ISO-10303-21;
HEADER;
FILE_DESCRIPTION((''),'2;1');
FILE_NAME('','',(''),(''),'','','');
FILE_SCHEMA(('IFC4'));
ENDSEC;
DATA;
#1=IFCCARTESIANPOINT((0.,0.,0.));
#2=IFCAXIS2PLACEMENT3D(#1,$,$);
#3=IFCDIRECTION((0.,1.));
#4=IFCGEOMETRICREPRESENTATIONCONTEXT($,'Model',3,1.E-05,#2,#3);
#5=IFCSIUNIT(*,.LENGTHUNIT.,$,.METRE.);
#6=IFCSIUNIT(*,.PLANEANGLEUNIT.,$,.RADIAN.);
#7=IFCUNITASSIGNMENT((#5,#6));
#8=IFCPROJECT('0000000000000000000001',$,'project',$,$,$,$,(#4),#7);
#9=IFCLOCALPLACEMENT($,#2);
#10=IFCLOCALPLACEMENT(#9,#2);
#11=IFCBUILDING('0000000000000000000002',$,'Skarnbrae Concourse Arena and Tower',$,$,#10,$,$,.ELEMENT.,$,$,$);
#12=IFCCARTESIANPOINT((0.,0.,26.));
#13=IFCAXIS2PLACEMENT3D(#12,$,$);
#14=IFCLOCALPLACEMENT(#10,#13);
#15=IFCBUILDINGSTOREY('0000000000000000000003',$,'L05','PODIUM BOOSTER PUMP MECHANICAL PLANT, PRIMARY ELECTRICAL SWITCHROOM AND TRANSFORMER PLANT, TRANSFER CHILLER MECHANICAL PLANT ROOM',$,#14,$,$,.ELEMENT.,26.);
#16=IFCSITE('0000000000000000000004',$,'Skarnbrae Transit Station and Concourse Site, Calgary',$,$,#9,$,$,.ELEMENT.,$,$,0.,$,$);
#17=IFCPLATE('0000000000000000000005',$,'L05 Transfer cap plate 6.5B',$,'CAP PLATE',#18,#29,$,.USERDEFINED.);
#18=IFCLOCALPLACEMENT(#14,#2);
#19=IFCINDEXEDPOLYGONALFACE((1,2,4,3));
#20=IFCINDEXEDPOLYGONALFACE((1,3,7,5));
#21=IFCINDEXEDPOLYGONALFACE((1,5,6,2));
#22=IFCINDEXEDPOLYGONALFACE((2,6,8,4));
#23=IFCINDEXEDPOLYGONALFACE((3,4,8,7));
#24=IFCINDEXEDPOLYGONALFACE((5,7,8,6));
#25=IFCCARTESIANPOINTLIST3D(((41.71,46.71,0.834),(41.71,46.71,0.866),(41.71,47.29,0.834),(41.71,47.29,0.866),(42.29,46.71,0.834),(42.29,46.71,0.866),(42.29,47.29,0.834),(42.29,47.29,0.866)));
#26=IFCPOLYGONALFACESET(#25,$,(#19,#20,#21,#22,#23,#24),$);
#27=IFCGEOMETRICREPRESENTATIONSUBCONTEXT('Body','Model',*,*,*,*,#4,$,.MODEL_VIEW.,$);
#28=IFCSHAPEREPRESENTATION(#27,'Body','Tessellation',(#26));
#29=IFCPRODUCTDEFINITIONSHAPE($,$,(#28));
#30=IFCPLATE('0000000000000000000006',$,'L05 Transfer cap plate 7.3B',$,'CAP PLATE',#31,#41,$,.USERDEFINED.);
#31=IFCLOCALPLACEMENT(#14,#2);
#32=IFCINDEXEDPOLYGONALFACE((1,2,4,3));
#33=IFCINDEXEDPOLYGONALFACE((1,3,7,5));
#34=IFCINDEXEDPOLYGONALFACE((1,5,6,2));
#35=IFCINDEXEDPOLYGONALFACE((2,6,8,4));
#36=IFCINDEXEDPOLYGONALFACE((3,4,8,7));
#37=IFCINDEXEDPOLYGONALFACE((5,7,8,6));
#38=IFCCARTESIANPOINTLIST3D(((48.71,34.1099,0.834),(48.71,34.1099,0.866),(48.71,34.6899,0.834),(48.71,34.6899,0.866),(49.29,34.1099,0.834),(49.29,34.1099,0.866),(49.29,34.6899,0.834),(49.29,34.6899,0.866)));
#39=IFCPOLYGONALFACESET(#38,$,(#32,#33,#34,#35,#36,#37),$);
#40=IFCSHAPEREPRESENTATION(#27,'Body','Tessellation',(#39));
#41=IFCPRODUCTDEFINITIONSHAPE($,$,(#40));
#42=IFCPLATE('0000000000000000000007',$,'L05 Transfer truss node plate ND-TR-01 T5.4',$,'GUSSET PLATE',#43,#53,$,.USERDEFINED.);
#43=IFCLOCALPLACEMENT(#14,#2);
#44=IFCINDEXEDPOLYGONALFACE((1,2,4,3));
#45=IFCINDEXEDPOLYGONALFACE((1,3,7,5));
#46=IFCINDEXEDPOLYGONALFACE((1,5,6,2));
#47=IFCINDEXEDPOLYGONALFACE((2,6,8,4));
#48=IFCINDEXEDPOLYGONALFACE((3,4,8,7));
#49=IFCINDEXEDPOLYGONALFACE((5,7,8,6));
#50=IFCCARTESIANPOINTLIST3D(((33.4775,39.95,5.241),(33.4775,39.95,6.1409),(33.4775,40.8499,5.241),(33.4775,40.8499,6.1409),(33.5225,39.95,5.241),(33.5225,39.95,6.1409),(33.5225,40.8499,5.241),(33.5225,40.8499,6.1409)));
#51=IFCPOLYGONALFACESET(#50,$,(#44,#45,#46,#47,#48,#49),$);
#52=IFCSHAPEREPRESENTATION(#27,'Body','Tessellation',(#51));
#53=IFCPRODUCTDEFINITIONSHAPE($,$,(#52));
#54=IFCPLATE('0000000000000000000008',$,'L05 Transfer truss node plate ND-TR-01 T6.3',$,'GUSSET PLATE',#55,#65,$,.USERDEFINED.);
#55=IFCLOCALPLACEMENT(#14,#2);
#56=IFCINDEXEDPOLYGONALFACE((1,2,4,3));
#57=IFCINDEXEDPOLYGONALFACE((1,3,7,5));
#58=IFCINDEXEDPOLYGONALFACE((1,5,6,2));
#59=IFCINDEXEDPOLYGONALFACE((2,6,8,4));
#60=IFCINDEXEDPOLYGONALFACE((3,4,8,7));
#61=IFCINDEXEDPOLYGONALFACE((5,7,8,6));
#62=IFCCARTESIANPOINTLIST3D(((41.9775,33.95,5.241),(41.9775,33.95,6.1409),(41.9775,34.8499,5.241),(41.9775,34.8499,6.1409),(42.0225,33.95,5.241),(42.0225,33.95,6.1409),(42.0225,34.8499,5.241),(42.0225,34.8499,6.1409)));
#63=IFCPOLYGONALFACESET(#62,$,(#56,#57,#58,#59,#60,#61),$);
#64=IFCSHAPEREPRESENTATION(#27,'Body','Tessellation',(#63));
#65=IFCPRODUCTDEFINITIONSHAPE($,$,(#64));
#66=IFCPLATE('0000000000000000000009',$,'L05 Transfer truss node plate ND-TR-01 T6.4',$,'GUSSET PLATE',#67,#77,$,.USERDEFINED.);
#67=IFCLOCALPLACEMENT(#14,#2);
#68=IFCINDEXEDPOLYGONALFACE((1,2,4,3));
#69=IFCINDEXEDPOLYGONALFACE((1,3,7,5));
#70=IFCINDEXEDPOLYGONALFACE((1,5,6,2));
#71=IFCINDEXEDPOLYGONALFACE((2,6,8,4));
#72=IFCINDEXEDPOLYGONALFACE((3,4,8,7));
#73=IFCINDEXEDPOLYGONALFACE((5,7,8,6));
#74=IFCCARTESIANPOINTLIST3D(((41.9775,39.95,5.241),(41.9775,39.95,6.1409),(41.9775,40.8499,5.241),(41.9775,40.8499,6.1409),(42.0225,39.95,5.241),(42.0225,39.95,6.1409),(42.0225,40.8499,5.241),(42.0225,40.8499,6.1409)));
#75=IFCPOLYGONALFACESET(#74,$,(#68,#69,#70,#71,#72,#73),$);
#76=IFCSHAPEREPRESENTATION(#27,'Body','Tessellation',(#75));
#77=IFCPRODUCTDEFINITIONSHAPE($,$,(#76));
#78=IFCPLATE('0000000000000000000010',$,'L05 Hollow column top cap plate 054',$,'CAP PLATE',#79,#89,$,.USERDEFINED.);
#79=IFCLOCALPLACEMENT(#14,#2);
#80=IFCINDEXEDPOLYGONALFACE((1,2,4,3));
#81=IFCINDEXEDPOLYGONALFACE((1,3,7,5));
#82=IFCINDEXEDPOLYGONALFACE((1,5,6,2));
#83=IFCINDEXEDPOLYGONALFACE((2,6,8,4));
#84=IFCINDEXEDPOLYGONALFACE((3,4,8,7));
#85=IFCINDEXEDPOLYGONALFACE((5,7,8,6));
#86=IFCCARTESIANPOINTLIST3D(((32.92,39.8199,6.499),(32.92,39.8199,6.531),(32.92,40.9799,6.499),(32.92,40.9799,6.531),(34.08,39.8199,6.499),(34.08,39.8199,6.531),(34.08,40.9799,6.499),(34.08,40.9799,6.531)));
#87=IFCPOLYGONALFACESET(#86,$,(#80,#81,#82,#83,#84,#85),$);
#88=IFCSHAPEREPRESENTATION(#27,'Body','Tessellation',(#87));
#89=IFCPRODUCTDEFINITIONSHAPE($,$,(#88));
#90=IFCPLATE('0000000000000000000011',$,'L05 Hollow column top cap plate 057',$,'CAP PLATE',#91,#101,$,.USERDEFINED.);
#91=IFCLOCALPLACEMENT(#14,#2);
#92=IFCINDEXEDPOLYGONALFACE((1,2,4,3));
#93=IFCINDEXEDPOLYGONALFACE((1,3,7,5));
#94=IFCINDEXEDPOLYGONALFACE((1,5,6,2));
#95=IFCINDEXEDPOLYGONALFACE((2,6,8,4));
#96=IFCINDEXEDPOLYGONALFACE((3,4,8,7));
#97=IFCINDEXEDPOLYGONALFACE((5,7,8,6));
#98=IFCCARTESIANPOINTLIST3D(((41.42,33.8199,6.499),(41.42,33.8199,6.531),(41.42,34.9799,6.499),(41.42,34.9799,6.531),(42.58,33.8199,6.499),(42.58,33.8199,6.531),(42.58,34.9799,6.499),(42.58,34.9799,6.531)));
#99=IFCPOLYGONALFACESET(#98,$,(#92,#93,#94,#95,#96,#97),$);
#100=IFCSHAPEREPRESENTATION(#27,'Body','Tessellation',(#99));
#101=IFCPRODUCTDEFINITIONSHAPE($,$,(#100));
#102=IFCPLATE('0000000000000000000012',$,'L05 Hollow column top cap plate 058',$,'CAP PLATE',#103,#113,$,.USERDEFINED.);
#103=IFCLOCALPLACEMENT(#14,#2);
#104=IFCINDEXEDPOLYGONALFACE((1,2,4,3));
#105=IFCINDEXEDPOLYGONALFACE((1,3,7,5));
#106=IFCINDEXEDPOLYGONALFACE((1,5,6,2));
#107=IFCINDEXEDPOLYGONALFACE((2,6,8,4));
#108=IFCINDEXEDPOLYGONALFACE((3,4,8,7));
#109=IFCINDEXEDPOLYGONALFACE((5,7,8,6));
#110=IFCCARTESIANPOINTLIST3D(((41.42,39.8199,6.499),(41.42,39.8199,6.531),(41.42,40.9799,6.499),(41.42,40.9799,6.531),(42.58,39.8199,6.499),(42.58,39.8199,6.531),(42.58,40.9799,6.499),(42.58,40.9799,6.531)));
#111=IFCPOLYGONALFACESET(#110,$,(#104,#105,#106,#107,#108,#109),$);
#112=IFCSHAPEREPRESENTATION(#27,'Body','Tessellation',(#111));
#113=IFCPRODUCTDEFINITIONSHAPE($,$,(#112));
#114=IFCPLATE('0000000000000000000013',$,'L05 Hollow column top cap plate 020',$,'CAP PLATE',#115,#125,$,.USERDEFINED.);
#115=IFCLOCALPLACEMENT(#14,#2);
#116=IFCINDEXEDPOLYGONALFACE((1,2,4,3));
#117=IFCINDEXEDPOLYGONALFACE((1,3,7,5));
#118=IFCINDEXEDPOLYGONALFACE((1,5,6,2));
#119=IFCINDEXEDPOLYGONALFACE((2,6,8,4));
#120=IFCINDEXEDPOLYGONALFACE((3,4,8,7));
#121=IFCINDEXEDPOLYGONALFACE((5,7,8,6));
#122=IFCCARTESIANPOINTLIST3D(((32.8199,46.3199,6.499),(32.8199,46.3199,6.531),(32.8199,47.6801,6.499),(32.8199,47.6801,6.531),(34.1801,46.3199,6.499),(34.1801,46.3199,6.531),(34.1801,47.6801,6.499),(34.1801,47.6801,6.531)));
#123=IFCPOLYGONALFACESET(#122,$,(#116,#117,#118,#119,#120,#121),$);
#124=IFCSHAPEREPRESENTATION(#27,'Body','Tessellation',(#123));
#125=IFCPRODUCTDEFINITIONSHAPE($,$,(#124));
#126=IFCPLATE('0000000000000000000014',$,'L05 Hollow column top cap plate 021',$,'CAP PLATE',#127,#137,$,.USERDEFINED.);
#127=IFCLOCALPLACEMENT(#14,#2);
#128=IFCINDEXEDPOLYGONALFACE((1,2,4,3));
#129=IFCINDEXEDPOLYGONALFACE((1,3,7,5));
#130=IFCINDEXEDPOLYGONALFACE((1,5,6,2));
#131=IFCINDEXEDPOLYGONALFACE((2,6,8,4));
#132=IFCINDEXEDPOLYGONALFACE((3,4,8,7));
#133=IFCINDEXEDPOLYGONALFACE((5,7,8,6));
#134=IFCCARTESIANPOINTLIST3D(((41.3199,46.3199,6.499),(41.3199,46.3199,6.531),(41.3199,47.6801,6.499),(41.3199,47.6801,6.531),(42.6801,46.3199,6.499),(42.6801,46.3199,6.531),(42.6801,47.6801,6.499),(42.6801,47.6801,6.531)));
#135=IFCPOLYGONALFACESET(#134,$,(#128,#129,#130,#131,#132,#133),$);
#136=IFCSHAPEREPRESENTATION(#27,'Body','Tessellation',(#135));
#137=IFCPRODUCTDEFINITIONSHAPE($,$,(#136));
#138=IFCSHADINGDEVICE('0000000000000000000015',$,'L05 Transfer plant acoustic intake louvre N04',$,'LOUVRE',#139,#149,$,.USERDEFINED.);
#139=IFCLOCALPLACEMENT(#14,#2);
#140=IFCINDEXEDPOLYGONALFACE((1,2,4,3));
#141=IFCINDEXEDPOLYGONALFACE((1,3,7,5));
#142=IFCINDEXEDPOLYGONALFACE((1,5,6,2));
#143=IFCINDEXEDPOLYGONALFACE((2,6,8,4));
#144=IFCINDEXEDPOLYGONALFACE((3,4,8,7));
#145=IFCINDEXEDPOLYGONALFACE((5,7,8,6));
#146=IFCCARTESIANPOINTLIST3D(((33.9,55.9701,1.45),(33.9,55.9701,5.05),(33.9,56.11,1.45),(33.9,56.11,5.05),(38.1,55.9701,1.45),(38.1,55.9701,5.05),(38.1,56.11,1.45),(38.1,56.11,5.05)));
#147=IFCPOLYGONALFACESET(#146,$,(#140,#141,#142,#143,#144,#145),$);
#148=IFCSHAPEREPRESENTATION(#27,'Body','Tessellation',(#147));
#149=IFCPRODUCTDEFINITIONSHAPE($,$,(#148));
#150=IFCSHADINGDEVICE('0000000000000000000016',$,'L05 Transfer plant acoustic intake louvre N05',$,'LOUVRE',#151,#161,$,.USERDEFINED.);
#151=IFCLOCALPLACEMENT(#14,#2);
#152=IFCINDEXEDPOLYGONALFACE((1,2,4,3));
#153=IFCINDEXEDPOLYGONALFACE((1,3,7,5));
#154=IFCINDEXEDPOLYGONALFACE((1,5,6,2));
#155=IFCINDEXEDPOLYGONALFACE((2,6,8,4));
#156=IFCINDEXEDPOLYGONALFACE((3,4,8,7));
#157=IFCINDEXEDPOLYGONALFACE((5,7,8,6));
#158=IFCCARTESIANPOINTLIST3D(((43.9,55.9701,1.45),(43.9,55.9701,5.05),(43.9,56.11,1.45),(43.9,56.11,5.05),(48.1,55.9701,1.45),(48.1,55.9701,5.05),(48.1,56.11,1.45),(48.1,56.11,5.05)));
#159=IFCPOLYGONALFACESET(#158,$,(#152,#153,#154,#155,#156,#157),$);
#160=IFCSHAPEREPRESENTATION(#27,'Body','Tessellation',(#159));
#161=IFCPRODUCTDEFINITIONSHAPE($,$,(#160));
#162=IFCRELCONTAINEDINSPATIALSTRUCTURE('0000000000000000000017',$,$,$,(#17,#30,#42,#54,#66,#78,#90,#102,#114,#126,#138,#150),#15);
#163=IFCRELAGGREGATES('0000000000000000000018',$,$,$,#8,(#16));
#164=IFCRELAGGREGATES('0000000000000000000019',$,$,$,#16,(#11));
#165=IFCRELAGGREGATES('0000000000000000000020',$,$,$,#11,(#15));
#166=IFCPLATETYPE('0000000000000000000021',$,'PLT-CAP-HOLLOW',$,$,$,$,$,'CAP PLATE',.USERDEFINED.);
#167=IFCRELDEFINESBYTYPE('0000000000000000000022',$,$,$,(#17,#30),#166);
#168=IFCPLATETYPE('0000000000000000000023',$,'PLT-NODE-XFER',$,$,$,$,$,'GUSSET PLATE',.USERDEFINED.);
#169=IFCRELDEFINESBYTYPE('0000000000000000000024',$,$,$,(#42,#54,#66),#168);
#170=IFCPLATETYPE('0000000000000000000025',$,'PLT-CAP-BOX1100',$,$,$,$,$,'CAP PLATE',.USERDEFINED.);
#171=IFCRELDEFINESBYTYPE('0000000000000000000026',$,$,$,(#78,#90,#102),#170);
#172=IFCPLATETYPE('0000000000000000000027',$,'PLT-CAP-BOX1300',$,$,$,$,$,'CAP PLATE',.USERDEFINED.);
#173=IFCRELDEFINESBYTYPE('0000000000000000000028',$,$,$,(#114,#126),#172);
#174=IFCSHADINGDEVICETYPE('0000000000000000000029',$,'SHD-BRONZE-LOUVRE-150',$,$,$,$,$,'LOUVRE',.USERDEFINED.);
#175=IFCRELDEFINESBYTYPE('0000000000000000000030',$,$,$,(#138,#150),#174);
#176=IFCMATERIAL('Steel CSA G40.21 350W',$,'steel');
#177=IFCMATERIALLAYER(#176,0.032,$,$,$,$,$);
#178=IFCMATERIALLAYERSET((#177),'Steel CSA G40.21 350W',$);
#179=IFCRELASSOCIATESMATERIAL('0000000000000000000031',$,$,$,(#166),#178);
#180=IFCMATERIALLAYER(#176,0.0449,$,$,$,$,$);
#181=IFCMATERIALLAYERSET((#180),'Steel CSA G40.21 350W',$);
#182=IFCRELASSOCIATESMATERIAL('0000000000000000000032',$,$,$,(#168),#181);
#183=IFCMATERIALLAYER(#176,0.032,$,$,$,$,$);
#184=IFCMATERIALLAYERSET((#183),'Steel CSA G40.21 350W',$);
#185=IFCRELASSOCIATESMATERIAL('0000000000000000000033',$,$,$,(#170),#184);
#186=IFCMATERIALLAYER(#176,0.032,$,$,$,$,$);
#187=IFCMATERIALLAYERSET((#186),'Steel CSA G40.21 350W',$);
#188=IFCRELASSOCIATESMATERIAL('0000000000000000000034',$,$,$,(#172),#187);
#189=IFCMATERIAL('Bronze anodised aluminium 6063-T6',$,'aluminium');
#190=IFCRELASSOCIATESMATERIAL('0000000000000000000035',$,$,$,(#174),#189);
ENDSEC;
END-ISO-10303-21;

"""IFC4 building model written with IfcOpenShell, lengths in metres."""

from ifc_helpers import new_model, si_unit, direction, frame, origin, origin_2d, place, context, subcontext, project, spatial, rectangle, extrude, source, transform, mapped, material, layer, layer_set, type_object, element, save


model = new_model("IFC4")

# Units and contexts
model_context = context("Model", 3, precision=1e-05, world=origin(), true_north=direction((0.0, 1.0)))
body_context = subcontext(model_context, "Body", "Model", "MODEL_VIEW")
ifc_project = project(units=[si_unit("LENGTHUNIT", "METRE"), si_unit("PLANEANGLEUNIT", "RADIAN")], contexts=[model_context])

# Site, building, storey
site_placement = place(None, origin())
site = spatial("IfcSite", under=ifc_project, at=site_placement, Name="Skarnbrae Transit Station and Concourse Site, Calgary", CompositionType="ELEMENT", RefElevation=0.0)
building_placement = place(site_placement, origin())
building = spatial("IfcBuilding", under=site, at=building_placement, Name="Skarnbrae Concourse Arena and Tower", CompositionType="ELEMENT")
storey_placement = place(building_placement, frame((0.0, 0.0, 26.0)))
storey = spatial("IfcBuildingStorey", under=building, at=storey_placement, Name="L05", Description="PODIUM BOOSTER PUMP MECHANICAL PLANT, PRIMARY ELECTRICAL SWITCHROOM AND TRANSFORMER PLANT, TRANSFER CHILLER MECHANICAL PLANT ROOM", CompositionType="ELEMENT", Elevation=26.0)

# Shared definitions
ifc_material_1 = material(Name="Steel CSA G40.21 350W", Category="steel")

# Plates
ifc_layer_1 = layer(ifc_material_1, 0.032)
ifc_layer_set_1 = layer_set([ifc_layer_1], Name="Steel CSA G40.21 350W")
plate_type_1 = type_object("IfcPlateType", Name="PLT-CAP-HOLLOW", ElementType="CAP PLATE", PredefinedType="USERDEFINED", material=ifc_layer_set_1)
shared_shape_1 = source(origin(), body_context, "Body", "SweptSolid", [
    extrude(rectangle(XDim=0.5801, YDim=0.5801, at=origin_2d()), origin(), (0.0, 0.0, 1.0), 0.032),
])
for number, where, z_axis, x_axis, name in (
    (1, (42.0, 47.0, 0.834), (0.0, 0.0, 1.0), (1.0, 0.0, 0.0), "L05 Transfer cap plate 6.5B"),
    (2, (49.0, 34.3999, 0.834), (0.0, 0.0, 1.0), (1.0, 0.0, 0.0), "L05 Transfer cap plate 7.3B"),
):
    element("IfcPlate", number, at=place(storey_placement, frame(where, z_axis=z_axis, x_axis=x_axis)), inside=storey, type_object=plate_type_1, Name=name, ObjectType="CAP PLATE", PredefinedType="USERDEFINED", context=body_context, shape_type="MappedRepresentation", body=[
        mapped(shared_shape_1, transform((0.0, 0.0, 0.0))),
    ])
ifc_layer_2 = layer(ifc_material_1, 0.0449)
ifc_layer_set_2 = layer_set([ifc_layer_2], Name="Steel CSA G40.21 350W")
plate_type_2 = type_object("IfcPlateType", Name="PLT-NODE-XFER", ElementType="GUSSET PLATE", PredefinedType="USERDEFINED", material=ifc_layer_set_2)
shared_shape_2 = source(origin(), body_context, "Body", "SweptSolid", [
    extrude(rectangle(XDim=0.8999, YDim=0.0449, at=origin_2d()), origin(), (0.0, 0.0, 1.0), 0.8999),
])
for number, where, z_axis, x_axis, name in (
    (3, (33.5, 40.3999, 5.241), (0.0, 0.0, 1.0), (0.0, 1.0, 0.0), "L05 Transfer truss node plate ND-TR-01 T5.4"),
    (4, (42.0, 34.3999, 5.241), (0.0, 0.0, 1.0), (0.0, 1.0, 0.0), "L05 Transfer truss node plate ND-TR-01 T6.3"),
    (5, (42.0, 40.3999, 5.241), (0.0, 0.0, 1.0), (0.0, 1.0, 0.0), "L05 Transfer truss node plate ND-TR-01 T6.4"),
):
    element("IfcPlate", number, at=place(storey_placement, frame(where, z_axis=z_axis, x_axis=x_axis)), inside=storey, type_object=plate_type_2, Name=name, ObjectType="GUSSET PLATE", PredefinedType="USERDEFINED", context=body_context, shape_type="MappedRepresentation", body=[
        mapped(shared_shape_2, transform((0.0, 0.0, 0.0))),
    ])
ifc_layer_3 = layer(ifc_material_1, 0.032)
ifc_layer_set_3 = layer_set([ifc_layer_3], Name="Steel CSA G40.21 350W")
plate_type_3 = type_object("IfcPlateType", Name="PLT-CAP-BOX1100", ElementType="CAP PLATE", PredefinedType="USERDEFINED", material=ifc_layer_set_3)
shared_shape_3 = source(origin(), body_context, "Body", "SweptSolid", [
    extrude(rectangle(XDim=1.1599, YDim=1.1599, at=origin_2d()), origin(), (0.0, 0.0, 1.0), 0.032),
])
for number, where, z_axis, x_axis, name in (
    (6, (33.5, 40.3999, 6.499), (0.0, 0.0, 1.0), (1.0, 0.0, 0.0), "L05 Hollow column top cap plate 054"),
    (7, (42.0, 34.3999, 6.499), (0.0, 0.0, 1.0), (1.0, 0.0, 0.0), "L05 Hollow column top cap plate 057"),
    (8, (42.0, 40.3999, 6.499), (0.0, 0.0, 1.0), (1.0, 0.0, 0.0), "L05 Hollow column top cap plate 058"),
):
    element("IfcPlate", number, at=place(storey_placement, frame(where, z_axis=z_axis, x_axis=x_axis)), inside=storey, type_object=plate_type_3, Name=name, ObjectType="CAP PLATE", PredefinedType="USERDEFINED", context=body_context, shape_type="MappedRepresentation", body=[
        mapped(shared_shape_3, transform((0.0, 0.0, 0.0))),
    ])
ifc_layer_4 = layer(ifc_material_1, 0.032)
ifc_layer_set_4 = layer_set([ifc_layer_4], Name="Steel CSA G40.21 350W")
plate_type_4 = type_object("IfcPlateType", Name="PLT-CAP-BOX1300", ElementType="CAP PLATE", PredefinedType="USERDEFINED", material=ifc_layer_set_4)
shared_shape_4 = source(origin(), body_context, "Body", "SweptSolid", [
    extrude(rectangle(XDim=1.3601, YDim=1.3601, at=origin_2d()), origin(), (0.0, 0.0, 1.0), 0.032),
])
for number, where, z_axis, x_axis, name in (
    (9, (33.5, 47.0, 6.499), (0.0, 0.0, 1.0), (1.0, 0.0, 0.0), "L05 Hollow column top cap plate 020"),
    (10, (42.0, 47.0, 6.499), (0.0, 0.0, 1.0), (1.0, 0.0, 0.0), "L05 Hollow column top cap plate 021"),
):
    element("IfcPlate", number, at=place(storey_placement, frame(where, z_axis=z_axis, x_axis=x_axis)), inside=storey, type_object=plate_type_4, Name=name, ObjectType="CAP PLATE", PredefinedType="USERDEFINED", context=body_context, shape_type="MappedRepresentation", body=[
        mapped(shared_shape_4, transform((0.0, 0.0, 0.0))),
    ])

# Shading devices
ifc_material_2 = material(Name="Bronze anodised aluminium 6063-T6", Category="aluminium")
shading_device_type = type_object("IfcShadingDeviceType", Name="SHD-BRONZE-LOUVRE-150", ElementType="LOUVRE", PredefinedType="USERDEFINED", material=ifc_material_2)
shared_shape_5 = source(origin(), body_context, "Body", "SweptSolid", [
    extrude(rectangle(XDim=4.2, YDim=0.1399, at=origin_2d()), origin(), (0.0, 0.0, 1.0), 3.6001),
])
for number, where, z_axis, x_axis, name in (
    (11, (36.0, 56.04, 1.45), (0.0, 0.0, 1.0), (1.0, 0.0, 0.0), "L05 Transfer plant acoustic intake louvre N04"),
    (12, (46.0, 56.04, 1.45), (0.0, 0.0, 1.0), (1.0, 0.0, 0.0), "L05 Transfer plant acoustic intake louvre N05"),
):
    element("IfcShadingDevice", number, at=place(storey_placement, frame(where, z_axis=z_axis, x_axis=x_axis)), inside=storey, type_object=shading_device_type, Name=name, ObjectType="LOUVRE", PredefinedType="USERDEFINED", context=body_context, shape_type="MappedRepresentation", body=[
        mapped(shared_shape_5, transform((0.0, 0.0, 0.0))),
    ])

save(model, "model.ifc")
